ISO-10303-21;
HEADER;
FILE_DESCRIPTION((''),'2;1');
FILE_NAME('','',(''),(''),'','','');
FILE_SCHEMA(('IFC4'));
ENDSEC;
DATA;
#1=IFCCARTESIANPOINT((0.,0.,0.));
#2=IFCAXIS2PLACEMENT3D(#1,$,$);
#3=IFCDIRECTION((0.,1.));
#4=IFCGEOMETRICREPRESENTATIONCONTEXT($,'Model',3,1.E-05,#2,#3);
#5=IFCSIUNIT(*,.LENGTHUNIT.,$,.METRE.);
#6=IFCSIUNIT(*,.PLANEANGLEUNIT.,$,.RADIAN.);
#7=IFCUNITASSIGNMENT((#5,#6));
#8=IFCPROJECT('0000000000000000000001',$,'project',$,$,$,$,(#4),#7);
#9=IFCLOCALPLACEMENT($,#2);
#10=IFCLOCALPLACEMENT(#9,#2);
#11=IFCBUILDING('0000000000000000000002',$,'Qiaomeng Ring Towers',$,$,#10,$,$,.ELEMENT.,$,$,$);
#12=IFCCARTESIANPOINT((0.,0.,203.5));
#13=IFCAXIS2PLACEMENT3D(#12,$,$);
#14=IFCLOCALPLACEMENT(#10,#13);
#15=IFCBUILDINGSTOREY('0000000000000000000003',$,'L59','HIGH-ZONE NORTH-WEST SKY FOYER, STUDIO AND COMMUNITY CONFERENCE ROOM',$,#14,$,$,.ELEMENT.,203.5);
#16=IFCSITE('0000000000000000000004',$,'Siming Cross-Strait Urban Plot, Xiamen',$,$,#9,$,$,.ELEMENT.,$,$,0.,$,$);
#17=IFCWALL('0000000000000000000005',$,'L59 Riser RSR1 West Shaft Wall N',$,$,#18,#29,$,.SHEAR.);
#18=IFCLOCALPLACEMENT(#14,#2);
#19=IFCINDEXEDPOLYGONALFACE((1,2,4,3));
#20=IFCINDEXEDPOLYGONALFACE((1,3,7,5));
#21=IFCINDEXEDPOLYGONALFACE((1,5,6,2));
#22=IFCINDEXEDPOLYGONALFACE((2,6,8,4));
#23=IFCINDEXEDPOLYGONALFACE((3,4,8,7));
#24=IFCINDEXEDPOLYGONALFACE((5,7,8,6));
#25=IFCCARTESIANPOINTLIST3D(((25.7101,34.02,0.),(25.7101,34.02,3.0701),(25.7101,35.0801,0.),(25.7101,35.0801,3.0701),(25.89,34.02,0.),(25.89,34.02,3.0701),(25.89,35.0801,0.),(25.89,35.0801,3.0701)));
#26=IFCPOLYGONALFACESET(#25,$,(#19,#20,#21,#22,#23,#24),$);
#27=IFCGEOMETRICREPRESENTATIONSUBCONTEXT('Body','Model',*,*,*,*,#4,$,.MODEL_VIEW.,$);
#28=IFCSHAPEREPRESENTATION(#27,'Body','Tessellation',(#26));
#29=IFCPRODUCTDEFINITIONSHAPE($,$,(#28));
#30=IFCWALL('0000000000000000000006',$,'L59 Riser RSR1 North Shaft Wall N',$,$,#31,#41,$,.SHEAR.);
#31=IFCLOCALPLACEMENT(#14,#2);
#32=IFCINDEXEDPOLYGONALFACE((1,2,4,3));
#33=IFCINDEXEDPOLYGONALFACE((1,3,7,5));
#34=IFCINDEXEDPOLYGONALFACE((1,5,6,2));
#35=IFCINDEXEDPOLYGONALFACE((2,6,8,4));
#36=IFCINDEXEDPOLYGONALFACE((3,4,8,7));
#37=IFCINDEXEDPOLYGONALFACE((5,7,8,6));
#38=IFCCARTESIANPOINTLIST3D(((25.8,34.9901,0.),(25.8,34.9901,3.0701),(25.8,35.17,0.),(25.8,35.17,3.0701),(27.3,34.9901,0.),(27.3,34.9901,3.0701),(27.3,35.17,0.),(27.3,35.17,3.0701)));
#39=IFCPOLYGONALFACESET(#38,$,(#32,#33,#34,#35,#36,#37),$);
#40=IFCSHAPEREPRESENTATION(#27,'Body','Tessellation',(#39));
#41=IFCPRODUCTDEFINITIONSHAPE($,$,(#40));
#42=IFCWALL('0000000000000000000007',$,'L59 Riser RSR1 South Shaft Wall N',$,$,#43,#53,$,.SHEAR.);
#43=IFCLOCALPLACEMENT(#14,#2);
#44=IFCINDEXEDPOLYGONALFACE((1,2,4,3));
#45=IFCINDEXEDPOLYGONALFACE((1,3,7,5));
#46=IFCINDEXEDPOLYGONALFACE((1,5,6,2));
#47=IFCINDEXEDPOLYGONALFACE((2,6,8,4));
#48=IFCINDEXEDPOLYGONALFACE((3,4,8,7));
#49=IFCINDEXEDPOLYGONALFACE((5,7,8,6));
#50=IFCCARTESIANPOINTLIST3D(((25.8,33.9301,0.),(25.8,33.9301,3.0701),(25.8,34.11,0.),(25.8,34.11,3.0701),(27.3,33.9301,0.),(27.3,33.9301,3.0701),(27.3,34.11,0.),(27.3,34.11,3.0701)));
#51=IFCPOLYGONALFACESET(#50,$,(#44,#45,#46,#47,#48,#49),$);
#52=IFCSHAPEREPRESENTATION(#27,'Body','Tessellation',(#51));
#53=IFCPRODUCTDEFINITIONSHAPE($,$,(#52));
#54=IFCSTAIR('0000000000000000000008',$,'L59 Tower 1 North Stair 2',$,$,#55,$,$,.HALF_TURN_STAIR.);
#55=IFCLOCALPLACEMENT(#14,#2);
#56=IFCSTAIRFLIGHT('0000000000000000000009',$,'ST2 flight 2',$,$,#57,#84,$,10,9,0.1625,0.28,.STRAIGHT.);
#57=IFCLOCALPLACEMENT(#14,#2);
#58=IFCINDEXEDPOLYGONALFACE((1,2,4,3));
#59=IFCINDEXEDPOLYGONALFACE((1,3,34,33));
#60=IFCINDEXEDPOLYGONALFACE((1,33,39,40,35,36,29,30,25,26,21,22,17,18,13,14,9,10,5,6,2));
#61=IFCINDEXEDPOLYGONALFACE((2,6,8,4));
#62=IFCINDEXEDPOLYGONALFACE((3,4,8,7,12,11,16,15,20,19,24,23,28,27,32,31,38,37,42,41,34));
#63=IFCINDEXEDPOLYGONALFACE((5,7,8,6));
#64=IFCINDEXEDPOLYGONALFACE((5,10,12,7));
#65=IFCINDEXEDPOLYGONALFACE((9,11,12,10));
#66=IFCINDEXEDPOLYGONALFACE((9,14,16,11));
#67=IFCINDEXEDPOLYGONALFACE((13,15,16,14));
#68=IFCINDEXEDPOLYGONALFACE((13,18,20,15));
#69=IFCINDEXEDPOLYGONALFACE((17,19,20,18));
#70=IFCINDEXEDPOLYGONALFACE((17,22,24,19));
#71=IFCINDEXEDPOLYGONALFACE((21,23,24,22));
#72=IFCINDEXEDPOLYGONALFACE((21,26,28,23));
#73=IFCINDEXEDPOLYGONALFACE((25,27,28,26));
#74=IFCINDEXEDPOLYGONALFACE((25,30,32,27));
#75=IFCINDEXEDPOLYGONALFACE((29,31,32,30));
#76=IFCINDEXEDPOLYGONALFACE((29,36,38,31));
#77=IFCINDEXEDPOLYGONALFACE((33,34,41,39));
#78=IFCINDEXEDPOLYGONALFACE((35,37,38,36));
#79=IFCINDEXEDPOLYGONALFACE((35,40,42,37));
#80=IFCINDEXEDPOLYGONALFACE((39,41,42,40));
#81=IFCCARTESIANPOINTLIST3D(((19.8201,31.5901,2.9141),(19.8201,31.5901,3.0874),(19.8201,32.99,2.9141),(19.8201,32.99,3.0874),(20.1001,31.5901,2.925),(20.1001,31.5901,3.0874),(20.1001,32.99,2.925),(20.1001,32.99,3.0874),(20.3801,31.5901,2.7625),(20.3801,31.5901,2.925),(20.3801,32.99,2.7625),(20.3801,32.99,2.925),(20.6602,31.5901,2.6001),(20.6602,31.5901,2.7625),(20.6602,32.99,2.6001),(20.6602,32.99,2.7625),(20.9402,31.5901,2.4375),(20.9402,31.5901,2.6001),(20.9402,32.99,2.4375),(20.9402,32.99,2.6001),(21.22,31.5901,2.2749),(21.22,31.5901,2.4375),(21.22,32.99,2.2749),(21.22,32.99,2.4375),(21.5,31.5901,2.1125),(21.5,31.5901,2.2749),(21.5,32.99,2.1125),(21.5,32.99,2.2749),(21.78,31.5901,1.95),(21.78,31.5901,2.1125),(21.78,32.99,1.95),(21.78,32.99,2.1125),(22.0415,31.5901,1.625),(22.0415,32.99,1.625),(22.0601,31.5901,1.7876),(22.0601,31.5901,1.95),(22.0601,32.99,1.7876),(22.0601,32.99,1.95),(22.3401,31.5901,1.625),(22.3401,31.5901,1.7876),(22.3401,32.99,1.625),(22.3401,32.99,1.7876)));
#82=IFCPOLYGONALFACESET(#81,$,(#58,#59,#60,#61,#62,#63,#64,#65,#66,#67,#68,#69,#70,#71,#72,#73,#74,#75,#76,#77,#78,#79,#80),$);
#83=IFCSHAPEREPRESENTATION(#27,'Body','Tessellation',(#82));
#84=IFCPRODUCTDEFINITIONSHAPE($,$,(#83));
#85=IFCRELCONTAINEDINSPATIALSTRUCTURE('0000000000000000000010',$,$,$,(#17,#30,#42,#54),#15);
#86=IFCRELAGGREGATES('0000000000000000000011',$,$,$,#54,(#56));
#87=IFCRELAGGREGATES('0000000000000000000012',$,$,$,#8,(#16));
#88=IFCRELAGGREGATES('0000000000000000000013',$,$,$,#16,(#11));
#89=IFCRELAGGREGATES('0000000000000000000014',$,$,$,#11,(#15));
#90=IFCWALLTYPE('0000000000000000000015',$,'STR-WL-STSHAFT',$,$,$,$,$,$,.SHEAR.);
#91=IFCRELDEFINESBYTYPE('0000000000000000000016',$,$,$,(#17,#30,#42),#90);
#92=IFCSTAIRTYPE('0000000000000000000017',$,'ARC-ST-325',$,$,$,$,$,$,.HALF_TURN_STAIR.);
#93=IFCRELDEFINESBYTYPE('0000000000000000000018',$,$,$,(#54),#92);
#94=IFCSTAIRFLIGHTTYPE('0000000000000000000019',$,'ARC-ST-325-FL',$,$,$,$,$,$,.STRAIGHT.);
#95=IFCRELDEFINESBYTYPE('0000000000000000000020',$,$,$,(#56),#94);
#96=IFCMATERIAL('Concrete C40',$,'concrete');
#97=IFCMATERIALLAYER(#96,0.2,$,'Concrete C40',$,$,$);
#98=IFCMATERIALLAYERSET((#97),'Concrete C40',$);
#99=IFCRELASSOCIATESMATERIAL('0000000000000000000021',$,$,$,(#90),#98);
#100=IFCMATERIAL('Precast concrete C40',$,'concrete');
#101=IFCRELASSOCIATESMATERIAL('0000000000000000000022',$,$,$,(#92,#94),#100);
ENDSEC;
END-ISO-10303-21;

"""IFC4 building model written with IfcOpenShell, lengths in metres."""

from ifc_helpers import new_model, si_unit, direction, frame, frame_2d, origin, place, context, subcontext, project, spatial, polyline, rectangle, outline, extrude, source, transform, mapped, material, layer, layer_set, type_object, element, aggregate, save


model = new_model("IFC4")

# Units and contexts
model_context = context("Model", 3, precision=1e-05, world=origin(), true_north=direction((0.0, 1.0)))
body_context = subcontext(model_context, "Body", "Model", "MODEL_VIEW")
ifc_project = project(units=[si_unit("LENGTHUNIT", "METRE"), si_unit("PLANEANGLEUNIT", "RADIAN")], contexts=[model_context])

# Site, building, storey
site_placement = place(None, origin())
site = spatial("IfcSite", under=ifc_project, at=site_placement, Name="Siming Cross-Strait Urban Plot, Xiamen", CompositionType="ELEMENT", RefElevation=0.0)
building_placement = place(site_placement, origin())
building = spatial("IfcBuilding", under=site, at=building_placement, Name="Qiaomeng Ring Towers", CompositionType="ELEMENT")
storey_placement = place(building_placement, frame((0.0, 0.0, 203.5)))
storey = spatial("IfcBuildingStorey", under=building, at=storey_placement, Name="L59", Description="HIGH-ZONE NORTH-WEST SKY FOYER, STUDIO AND COMMUNITY CONFERENCE ROOM", CompositionType="ELEMENT", Elevation=203.5)

# Shared definitions
ifc_material_1 = material(Name="Concrete C40", Category="concrete")

# Walls
ifc_layer_1 = layer(ifc_material_1, 0.2, Name="Concrete C40")
ifc_layer_set_1 = layer_set([ifc_layer_1], Name="Concrete C40")
wall_type_1 = type_object("IfcWallType", Name="STR-WL-STSHAFT", PredefinedType="SHEAR", material=ifc_layer_set_1)
wall_1_placement = place(storey_placement, frame((25.8, 34.02, 0.0), z_axis=(0.0, 0.0, 1.0), x_axis=(0.0, 1.0, 0.0)))
element("IfcWall", 1, at=wall_1_placement, inside=storey, type_object=wall_type_1, Name="L59 Riser RSR1 West Shaft Wall N", PredefinedType="SHEAR", context=body_context, shape_type="SweptSolid", body=[
    extrude(rectangle(XDim=1.0601, YDim=0.1799, at=frame_2d((0.53, 0.0))), origin(), (0.0, 0.0, 1.0), 3.0701),
])
for number, where, z_axis, x_axis, name in (
    (2, (25.8, 35.0801, 0.0), (0.0, 0.0, 1.0), (1.0, 0.0, 0.0), "L59 Riser RSR1 North Shaft Wall N"),
    (3, (25.8, 34.02, 0.0), (0.0, 0.0, 1.0), (1.0, 0.0, 0.0), "L59 Riser RSR1 South Shaft Wall N"),
):
    element("IfcWall", number, at=place(storey_placement, frame(where, z_axis=z_axis, x_axis=x_axis)), inside=storey, type_object=wall_type_1, Name=name, PredefinedType="SHEAR", context=body_context, shape_type="SweptSolid", body=[
        extrude(rectangle(XDim=1.5, YDim=0.1799, at=frame_2d((0.75, 0.0))), origin(), (0.0, 0.0, 1.0), 3.0701),
    ])

# Stair, stair flight
ifc_material_2 = material(Name="Precast concrete C40", Category="concrete")
stair_type = type_object("IfcStairType", Name="ARC-ST-325", PredefinedType="HALF_TURN_STAIR", material=ifc_material_2)
stair_placement = place(storey_placement, origin())
stair = element("IfcStair", 4, at=stair_placement, inside=storey, type_object=stair_type, Name="L59 Tower 1 North Stair 2", PredefinedType="HALF_TURN_STAIR")
stair_flight_type = type_object("IfcStairFlightType", Name="ARC-ST-325-FL", PredefinedType="STRAIGHT", material=ifc_material_2)
shared_shape_1 = source(origin(), body_context, "Body", "SweptSolid", [
    extrude(outline(polyline([(0.0, 0.0), (0.0, 0.1626), (0.28, 0.1626), (0.28, 0.325), (0.5601, 0.325), (0.5601, 0.4875), (0.8401, 0.4875), (0.8401, 0.6499), (1.1201, 0.6499), (1.1201, 0.8125), (1.3999, 0.8125), (1.3999, 0.9751), (1.6799, 0.9751), (1.6799, 1.1375), (1.96, 1.1375), (1.96, 1.3), (2.24, 1.3), (2.24, 1.4624), (2.52, 1.4624), (2.52, 1.625), (2.52, 1.2891), (0.2986, 0.0), (0.0, 0.0)])), frame((0.0, 0.7, 0.0), z_axis=(0.0, -1.0, 0.0), x_axis=(1.0, 0.0, 0.0)), (0.0, 0.0, 1.0), 1.3999),
])
stair_flight_placement = place(storey_placement, frame((22.3401, 32.29, 1.625), z_axis=(0.0, 0.0, 1.0), x_axis=(-1.0, 0.0, 0.0)))
stair_flight = element("IfcStairFlight", 5, at=stair_flight_placement, type_object=stair_flight_type, Name="ST2 flight 2", NumberOfRisers=10, NumberOfTreads=9, PredefinedType="STRAIGHT", RiserHeight=0.1625, TreadLength=0.28, context=body_context, shape_type="MappedRepresentation", body=[
    mapped(shared_shape_1, transform((0.0, 0.0, 0.0), x_axis=(1.0, 0.0, 0.0), y_axis=(0.0, 1.0, 0.0), z_axis=(0.0, 0.0, 1.0), scale=1.0)),
])
aggregate(stair, [stair_flight])

save(model, "model.ifc")
